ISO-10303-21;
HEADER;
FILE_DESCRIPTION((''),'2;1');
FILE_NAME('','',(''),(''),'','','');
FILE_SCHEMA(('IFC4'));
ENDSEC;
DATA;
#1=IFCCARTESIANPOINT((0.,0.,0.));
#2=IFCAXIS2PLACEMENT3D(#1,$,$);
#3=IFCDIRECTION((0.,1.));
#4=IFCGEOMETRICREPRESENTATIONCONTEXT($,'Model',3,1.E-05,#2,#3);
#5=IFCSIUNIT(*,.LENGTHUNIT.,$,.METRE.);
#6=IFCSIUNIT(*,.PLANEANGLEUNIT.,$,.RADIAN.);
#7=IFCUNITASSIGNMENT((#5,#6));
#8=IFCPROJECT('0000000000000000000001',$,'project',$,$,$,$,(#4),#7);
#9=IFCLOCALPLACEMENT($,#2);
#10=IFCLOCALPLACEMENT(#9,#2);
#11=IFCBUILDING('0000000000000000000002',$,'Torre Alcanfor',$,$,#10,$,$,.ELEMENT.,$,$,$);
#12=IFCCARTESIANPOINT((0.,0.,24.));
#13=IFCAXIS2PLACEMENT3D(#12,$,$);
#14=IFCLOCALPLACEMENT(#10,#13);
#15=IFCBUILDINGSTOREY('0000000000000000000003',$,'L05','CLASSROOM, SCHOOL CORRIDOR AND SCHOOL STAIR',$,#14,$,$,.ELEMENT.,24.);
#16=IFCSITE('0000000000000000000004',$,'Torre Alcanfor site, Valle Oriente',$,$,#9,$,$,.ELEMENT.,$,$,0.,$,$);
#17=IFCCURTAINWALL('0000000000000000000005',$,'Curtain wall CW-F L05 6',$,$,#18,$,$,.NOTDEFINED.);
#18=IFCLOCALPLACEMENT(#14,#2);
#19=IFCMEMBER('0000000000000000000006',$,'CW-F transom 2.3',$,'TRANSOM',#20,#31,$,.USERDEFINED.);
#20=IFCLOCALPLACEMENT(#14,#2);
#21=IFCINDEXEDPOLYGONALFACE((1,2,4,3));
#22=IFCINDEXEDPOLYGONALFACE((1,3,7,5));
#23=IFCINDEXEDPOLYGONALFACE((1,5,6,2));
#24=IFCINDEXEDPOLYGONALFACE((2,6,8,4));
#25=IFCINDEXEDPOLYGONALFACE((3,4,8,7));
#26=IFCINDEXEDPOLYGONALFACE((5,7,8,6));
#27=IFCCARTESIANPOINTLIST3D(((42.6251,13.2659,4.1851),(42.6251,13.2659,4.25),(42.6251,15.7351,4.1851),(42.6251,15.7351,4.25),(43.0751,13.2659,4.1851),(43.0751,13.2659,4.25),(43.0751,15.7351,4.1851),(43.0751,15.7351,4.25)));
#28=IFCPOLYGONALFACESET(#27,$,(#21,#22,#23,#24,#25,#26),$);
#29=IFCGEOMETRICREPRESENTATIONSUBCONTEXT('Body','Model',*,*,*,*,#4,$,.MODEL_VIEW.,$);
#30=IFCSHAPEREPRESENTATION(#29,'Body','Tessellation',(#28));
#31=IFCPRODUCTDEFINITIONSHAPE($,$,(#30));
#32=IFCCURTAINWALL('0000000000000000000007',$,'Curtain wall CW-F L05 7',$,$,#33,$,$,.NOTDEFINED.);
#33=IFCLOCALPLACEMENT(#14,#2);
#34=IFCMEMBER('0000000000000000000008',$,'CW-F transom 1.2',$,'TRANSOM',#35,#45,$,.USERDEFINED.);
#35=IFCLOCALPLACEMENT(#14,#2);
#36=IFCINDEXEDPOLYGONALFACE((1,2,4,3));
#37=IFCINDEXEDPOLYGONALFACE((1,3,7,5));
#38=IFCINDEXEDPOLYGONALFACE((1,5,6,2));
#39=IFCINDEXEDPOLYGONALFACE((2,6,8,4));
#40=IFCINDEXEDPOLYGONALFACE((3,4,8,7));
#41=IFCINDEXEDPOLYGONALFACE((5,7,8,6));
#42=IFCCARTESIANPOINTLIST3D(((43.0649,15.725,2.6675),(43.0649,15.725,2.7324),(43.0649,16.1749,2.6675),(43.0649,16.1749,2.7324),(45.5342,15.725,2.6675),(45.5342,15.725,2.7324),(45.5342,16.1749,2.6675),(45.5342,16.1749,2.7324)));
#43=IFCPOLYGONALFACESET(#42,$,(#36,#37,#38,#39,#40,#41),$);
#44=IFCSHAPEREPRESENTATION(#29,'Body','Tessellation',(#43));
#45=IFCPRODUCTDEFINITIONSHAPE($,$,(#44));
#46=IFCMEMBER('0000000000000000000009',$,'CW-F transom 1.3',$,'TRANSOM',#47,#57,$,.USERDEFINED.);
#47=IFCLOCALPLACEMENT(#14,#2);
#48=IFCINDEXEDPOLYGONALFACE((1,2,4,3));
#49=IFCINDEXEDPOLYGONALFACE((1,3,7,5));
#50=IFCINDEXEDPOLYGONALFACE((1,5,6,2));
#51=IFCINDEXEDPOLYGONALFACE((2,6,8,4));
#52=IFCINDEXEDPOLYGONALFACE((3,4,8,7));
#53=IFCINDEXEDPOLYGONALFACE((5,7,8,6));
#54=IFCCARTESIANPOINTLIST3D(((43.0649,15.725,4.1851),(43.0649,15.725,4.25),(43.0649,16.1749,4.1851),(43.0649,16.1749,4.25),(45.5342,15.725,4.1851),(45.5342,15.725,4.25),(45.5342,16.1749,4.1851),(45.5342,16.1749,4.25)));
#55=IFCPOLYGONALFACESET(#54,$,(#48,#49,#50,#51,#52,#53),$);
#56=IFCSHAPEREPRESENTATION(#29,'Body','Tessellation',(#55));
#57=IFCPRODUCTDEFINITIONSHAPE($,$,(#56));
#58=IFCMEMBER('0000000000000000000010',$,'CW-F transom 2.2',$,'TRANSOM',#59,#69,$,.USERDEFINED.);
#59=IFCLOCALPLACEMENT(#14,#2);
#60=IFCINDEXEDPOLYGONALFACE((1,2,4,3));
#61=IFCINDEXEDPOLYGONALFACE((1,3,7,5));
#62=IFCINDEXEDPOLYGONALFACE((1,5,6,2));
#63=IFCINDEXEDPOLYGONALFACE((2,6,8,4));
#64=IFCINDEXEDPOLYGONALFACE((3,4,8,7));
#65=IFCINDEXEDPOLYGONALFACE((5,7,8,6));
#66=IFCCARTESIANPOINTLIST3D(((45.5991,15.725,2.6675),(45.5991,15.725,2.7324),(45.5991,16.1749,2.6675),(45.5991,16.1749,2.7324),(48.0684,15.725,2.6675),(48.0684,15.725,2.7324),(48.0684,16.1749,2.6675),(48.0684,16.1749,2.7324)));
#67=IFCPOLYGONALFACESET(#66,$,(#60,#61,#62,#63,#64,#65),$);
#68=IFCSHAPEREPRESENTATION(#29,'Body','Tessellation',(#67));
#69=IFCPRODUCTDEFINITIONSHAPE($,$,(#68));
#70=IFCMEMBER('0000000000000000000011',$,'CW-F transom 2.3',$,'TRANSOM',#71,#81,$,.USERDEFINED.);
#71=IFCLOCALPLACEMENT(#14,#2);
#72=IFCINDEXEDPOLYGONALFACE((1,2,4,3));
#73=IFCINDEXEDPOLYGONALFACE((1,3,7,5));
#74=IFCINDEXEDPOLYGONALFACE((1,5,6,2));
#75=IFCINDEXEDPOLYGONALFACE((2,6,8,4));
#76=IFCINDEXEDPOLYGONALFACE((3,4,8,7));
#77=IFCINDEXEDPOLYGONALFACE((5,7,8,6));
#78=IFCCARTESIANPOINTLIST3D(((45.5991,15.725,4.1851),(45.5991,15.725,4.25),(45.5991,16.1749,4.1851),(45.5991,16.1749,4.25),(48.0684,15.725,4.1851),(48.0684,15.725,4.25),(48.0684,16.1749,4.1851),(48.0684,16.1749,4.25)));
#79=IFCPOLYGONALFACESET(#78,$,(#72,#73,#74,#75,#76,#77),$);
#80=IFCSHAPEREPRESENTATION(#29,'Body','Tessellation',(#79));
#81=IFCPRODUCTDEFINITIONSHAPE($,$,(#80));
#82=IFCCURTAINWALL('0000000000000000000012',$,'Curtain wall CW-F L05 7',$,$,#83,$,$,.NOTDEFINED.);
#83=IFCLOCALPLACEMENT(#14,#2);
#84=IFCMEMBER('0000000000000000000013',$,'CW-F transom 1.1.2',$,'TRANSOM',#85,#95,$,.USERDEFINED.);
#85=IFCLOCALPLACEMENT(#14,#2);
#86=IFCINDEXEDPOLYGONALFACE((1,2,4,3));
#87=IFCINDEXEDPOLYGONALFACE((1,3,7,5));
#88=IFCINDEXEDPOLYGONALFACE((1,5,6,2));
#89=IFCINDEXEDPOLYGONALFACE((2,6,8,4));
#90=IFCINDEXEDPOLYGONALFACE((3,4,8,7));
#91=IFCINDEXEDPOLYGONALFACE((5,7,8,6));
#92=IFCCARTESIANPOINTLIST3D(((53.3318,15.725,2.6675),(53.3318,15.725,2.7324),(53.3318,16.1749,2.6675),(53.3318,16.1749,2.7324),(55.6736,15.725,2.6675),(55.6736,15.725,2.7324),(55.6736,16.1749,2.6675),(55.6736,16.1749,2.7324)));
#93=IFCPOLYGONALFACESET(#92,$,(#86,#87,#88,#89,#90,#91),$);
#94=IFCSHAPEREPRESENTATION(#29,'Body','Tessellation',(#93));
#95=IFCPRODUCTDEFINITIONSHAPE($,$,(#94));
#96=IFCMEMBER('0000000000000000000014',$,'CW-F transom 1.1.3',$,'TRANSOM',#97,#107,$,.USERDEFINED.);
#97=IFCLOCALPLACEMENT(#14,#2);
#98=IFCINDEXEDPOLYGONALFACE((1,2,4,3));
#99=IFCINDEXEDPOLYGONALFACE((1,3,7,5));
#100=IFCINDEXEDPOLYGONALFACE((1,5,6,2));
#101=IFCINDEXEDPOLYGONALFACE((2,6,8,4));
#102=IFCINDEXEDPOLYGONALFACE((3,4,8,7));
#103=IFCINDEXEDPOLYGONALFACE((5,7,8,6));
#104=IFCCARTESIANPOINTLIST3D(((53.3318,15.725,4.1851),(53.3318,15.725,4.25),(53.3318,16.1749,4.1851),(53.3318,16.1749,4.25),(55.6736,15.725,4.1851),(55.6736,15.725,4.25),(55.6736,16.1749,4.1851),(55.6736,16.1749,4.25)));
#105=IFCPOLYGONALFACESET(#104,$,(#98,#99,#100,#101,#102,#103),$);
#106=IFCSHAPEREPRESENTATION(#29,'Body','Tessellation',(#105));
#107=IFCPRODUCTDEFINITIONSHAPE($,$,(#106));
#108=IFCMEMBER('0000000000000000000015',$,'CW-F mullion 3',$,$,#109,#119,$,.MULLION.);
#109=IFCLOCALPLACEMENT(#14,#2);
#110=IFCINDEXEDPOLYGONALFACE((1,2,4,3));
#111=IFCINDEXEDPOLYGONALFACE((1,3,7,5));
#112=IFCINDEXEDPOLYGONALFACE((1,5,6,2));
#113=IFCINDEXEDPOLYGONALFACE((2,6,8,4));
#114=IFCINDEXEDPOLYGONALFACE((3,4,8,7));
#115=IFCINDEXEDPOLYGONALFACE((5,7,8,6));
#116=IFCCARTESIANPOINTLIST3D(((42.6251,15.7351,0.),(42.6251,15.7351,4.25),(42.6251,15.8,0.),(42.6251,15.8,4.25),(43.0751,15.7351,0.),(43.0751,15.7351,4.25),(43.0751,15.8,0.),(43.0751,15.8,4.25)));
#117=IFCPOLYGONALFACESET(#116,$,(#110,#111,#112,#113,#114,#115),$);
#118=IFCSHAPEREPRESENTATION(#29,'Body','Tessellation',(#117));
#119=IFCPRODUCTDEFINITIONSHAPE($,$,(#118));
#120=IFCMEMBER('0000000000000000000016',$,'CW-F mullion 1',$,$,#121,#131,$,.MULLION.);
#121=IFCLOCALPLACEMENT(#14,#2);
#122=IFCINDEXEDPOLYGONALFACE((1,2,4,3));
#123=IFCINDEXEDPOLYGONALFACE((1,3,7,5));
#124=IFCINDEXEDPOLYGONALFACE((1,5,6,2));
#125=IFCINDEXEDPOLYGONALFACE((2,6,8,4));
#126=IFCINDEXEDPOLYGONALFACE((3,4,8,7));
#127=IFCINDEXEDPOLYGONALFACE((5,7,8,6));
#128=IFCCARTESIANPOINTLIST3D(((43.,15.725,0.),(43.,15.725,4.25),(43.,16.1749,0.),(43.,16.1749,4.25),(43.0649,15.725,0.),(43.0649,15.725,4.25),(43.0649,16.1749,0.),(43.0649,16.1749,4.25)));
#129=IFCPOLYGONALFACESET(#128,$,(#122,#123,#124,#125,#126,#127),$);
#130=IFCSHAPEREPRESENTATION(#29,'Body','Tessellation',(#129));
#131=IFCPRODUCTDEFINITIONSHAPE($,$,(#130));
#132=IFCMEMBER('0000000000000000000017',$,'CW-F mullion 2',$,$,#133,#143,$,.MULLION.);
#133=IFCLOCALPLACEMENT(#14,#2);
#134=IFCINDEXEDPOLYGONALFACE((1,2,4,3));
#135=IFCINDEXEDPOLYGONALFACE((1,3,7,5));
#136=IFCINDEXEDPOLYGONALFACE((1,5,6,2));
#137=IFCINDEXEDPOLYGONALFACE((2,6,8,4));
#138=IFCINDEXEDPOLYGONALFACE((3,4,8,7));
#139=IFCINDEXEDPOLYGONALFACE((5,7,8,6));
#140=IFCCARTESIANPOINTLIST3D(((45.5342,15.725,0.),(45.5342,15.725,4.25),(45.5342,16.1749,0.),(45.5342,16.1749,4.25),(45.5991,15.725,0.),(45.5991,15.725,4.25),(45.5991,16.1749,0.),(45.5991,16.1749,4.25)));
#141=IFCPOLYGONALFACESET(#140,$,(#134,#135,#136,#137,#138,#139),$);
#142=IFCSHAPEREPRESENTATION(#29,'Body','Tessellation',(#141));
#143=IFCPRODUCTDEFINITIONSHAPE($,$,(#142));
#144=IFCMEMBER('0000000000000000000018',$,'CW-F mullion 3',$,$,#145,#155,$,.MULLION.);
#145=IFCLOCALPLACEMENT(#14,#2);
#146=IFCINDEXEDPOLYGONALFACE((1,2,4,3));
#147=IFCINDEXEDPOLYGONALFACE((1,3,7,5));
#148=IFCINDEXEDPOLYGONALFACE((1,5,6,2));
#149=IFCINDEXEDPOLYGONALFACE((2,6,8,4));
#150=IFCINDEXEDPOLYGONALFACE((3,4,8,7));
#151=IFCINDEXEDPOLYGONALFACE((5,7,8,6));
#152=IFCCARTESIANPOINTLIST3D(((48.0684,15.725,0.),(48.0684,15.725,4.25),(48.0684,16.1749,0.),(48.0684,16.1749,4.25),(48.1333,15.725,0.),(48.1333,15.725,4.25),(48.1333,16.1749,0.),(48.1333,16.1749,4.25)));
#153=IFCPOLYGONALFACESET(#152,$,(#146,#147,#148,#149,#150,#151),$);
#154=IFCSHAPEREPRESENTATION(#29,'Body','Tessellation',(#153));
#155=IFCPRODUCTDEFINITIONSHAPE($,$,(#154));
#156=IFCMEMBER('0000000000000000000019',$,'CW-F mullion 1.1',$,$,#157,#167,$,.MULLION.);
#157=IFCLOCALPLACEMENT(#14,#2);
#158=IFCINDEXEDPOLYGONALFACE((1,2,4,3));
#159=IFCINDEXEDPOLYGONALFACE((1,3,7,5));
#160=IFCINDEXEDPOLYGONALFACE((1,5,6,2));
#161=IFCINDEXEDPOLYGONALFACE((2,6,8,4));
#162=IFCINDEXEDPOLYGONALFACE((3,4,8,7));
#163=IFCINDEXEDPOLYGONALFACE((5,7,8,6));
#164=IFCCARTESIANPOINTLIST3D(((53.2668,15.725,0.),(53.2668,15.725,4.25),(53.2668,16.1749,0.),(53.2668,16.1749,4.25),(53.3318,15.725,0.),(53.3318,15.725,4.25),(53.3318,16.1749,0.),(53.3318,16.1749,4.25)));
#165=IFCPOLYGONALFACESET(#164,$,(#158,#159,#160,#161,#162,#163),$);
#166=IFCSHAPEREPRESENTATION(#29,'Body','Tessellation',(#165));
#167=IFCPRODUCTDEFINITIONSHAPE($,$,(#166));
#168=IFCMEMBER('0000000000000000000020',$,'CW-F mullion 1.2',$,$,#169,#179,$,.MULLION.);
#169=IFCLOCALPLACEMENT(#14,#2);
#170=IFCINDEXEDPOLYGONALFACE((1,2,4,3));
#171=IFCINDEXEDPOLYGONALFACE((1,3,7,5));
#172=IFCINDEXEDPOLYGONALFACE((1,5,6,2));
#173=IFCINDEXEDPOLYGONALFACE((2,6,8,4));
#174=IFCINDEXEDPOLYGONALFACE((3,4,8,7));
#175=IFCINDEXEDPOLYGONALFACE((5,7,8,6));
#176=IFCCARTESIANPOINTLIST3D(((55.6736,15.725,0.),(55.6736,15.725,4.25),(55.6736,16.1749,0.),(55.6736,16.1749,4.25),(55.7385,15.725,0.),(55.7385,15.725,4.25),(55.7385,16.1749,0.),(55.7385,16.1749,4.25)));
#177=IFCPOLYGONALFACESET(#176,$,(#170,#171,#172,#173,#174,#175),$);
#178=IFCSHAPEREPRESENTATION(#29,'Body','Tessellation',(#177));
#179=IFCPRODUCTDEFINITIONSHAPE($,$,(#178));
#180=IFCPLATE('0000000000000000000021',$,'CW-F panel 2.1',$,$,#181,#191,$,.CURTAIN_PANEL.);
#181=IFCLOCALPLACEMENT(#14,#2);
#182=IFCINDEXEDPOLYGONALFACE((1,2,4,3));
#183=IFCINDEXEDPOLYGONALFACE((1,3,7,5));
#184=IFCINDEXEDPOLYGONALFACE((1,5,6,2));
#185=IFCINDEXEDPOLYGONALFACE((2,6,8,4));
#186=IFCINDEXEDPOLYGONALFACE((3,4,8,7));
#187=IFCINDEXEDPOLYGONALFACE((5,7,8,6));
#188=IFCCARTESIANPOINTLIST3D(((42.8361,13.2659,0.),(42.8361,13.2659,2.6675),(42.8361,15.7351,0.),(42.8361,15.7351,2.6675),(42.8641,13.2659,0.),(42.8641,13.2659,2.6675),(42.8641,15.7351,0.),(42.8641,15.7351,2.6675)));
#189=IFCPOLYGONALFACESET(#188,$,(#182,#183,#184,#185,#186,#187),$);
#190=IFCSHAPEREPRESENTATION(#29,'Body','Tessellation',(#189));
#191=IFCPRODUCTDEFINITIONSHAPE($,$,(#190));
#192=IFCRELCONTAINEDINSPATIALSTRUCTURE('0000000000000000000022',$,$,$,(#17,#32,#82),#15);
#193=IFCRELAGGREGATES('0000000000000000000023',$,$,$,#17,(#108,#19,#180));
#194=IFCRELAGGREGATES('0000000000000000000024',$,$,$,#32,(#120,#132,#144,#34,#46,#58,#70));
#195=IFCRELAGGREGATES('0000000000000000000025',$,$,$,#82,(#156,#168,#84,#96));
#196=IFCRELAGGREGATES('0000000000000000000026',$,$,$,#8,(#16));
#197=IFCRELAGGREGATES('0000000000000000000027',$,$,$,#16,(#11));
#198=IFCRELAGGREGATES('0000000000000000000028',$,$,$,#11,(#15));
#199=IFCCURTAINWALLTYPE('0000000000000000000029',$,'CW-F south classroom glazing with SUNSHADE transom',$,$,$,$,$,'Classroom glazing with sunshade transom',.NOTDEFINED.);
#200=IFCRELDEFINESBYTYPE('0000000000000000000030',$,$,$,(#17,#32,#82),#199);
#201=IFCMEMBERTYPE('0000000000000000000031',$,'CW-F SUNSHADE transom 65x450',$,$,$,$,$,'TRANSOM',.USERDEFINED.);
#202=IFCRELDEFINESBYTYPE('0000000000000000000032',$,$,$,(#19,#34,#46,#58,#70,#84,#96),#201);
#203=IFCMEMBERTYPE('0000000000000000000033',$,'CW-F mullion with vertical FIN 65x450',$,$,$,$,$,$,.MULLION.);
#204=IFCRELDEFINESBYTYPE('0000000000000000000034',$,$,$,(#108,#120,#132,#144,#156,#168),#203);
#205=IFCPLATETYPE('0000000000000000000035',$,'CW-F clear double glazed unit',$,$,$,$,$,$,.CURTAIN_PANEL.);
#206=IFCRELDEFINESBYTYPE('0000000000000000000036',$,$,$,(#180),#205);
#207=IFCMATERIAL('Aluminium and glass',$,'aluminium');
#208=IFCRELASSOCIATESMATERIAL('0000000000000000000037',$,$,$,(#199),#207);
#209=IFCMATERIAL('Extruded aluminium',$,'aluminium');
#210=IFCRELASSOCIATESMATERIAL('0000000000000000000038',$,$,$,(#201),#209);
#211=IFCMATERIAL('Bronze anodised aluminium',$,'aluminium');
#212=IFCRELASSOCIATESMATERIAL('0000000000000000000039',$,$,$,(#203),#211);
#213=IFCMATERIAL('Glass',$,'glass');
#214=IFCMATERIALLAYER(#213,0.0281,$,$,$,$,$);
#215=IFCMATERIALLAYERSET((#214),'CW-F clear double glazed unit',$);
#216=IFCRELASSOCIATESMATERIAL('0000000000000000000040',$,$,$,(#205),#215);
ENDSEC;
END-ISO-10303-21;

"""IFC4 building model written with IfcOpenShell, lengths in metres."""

from ifc_helpers import new_model, si_unit, direction, frame, origin, origin_2d, place, context, subcontext, project, spatial, rectangle, extrude, material, layer, layer_set, material_profile, profile_set, type_object, element, aggregate, save


model = new_model("IFC4")

# Units and contexts
model_context = context("Model", 3, precision=1e-05, world=origin(), true_north=direction((0.0, 1.0)))
body_context = subcontext(model_context, "Body", "Model", "MODEL_VIEW")
ifc_project = project(units=[si_unit("LENGTHUNIT", "METRE"), si_unit("PLANEANGLEUNIT", "RADIAN")], contexts=[model_context])

# Site, building, storey
site_placement = place(None, origin())
site = spatial("IfcSite", under=ifc_project, at=site_placement, Name="Torre Alcanfor site, Valle Oriente", CompositionType="ELEMENT", RefElevation=0.0)
building_placement = place(site_placement, origin())
building = spatial("IfcBuilding", under=site, at=building_placement, Name="Torre Alcanfor", CompositionType="ELEMENT")
storey_placement = place(building_placement, frame((0.0, 0.0, 24.0)))
storey = spatial("IfcBuildingStorey", under=building, at=storey_placement, Name="L05", Description="CLASSROOM, SCHOOL CORRIDOR AND SCHOOL STAIR", CompositionType="ELEMENT", Elevation=24.0)

# Curtain wall, member
ifc_material_1 = material(Name="Aluminium and glass", Category="aluminium")
curtain_wall_type = type_object("IfcCurtainWallType", Name="CW-F south classroom glazing with SUNSHADE transom", ElementType="Classroom glazing with sunshade transom", PredefinedType="NOTDEFINED", material=ifc_material_1)
curtain_wall_1_placement = place(storey_placement, origin())
curtain_wall_1 = element("IfcCurtainWall", 1, at=curtain_wall_1_placement, inside=storey, type_object=curtain_wall_type, Name="Curtain wall CW-F L05 6", PredefinedType="NOTDEFINED")
ifc_material_2 = material(Name="Extruded aluminium", Category="aluminium")
ifc_material_profile_1 = material_profile(ifc_material_2, rectangle(XDim=0.45, YDim=0.0649, at=origin_2d()), Name="CW-F transom 450x65")
ifc_profile_set_1 = profile_set([ifc_material_profile_1], Name="Extruded aluminium")
member_type_1 = type_object("IfcMemberType", Name="CW-F SUNSHADE transom 65x450", ElementType="TRANSOM", PredefinedType="USERDEFINED", material=ifc_profile_set_1)
member_1_placement = place(storey_placement, frame((42.8501, 13.2659, 4.2175), z_axis=(0.0, 1.0, 0.0), x_axis=(-1.0, 0.0, 0.0)))
member_1 = element("IfcMember", 2, at=member_1_placement, type_object=member_type_1, Name="CW-F transom 2.3", ObjectType="TRANSOM", PredefinedType="USERDEFINED", context=body_context, shape_type="SweptSolid", body=[
    extrude(rectangle(XDim=0.45, YDim=0.0649, at=origin_2d()), origin(), (0.0, 0.0, 1.0), 2.4692),
])

# Curtain walls, members
curtain_wall_2_placement = place(storey_placement, origin())
curtain_wall_2 = element("IfcCurtainWall", 3, at=curtain_wall_2_placement, inside=storey, type_object=curtain_wall_type, Name="Curtain wall CW-F L05 7", PredefinedType="NOTDEFINED")
member_2_placement = place(storey_placement, frame((43.0649, 15.95, 2.7), z_axis=(1.0, 0.0, 0.0), x_axis=(0.0, 1.0, 0.0)))
member_2 = element("IfcMember", 4, at=member_2_placement, type_object=member_type_1, Name="CW-F transom 1.2", ObjectType="TRANSOM", PredefinedType="USERDEFINED", context=body_context, shape_type="SweptSolid", body=[
    extrude(rectangle(XDim=0.45, YDim=0.0649, at=origin_2d()), origin(), (0.0, 0.0, 1.0), 2.4692),
])
member_3_placement = place(storey_placement, frame((43.0649, 15.95, 4.2175), z_axis=(1.0, 0.0, 0.0), x_axis=(0.0, 1.0, 0.0)))
member_3 = element("IfcMember", 5, at=member_3_placement, type_object=member_type_1, Name="CW-F transom 1.3", ObjectType="TRANSOM", PredefinedType="USERDEFINED", context=body_context, shape_type="SweptSolid", body=[
    extrude(rectangle(XDim=0.45, YDim=0.0649, at=origin_2d()), origin(), (0.0, 0.0, 1.0), 2.4692),
])
member_4_placement = place(storey_placement, frame((45.5991, 15.95, 2.7), z_axis=(1.0, 0.0, 0.0), x_axis=(0.0, 1.0, 0.0)))
member_4 = element("IfcMember", 6, at=member_4_placement, type_object=member_type_1, Name="CW-F transom 2.2", ObjectType="TRANSOM", PredefinedType="USERDEFINED", context=body_context, shape_type="SweptSolid", body=[
    extrude(rectangle(XDim=0.45, YDim=0.0649, at=origin_2d()), origin(), (0.0, 0.0, 1.0), 2.4692),
])
member_5_placement = place(storey_placement, frame((45.5991, 15.95, 4.2175), z_axis=(1.0, 0.0, 0.0), x_axis=(0.0, 1.0, 0.0)))
member_5 = element("IfcMember", 7, at=member_5_placement, type_object=member_type_1, Name="CW-F transom 2.3", ObjectType="TRANSOM", PredefinedType="USERDEFINED", context=body_context, shape_type="SweptSolid", body=[
    extrude(rectangle(XDim=0.45, YDim=0.0649, at=origin_2d()), origin(), (0.0, 0.0, 1.0), 2.4692),
])
curtain_wall_3_placement = place(storey_placement, origin())
curtain_wall_3 = element("IfcCurtainWall", 8, at=curtain_wall_3_placement, inside=storey, type_object=curtain_wall_type, Name="Curtain wall CW-F L05 7", PredefinedType="NOTDEFINED")
member_6_placement = place(storey_placement, frame((53.3318, 15.95, 2.7), z_axis=(1.0, 0.0, 0.0), x_axis=(0.0, 1.0, 0.0)))
member_6 = element("IfcMember", 9, at=member_6_placement, type_object=member_type_1, Name="CW-F transom 1.1.2", ObjectType="TRANSOM", PredefinedType="USERDEFINED", context=body_context, shape_type="SweptSolid", body=[
    extrude(rectangle(XDim=0.45, YDim=0.0649, at=origin_2d()), origin(), (0.0, 0.0, 1.0), 2.3418),
])
member_7_placement = place(storey_placement, frame((53.3318, 15.95, 4.2175), z_axis=(1.0, 0.0, 0.0), x_axis=(0.0, 1.0, 0.0)))
member_7 = element("IfcMember", 10, at=member_7_placement, type_object=member_type_1, Name="CW-F transom 1.1.3", ObjectType="TRANSOM", PredefinedType="USERDEFINED", context=body_context, shape_type="SweptSolid", body=[
    extrude(rectangle(XDim=0.45, YDim=0.0649, at=origin_2d()), origin(), (0.0, 0.0, 1.0), 2.3418),
])

# Members
ifc_material_3 = material(Name="Bronze anodised aluminium", Category="aluminium")
ifc_material_profile_2 = material_profile(ifc_material_3, rectangle(XDim=0.45, YDim=0.0649, at=origin_2d()), Name="CW-F mullion 65x450")
ifc_profile_set_2 = profile_set([ifc_material_profile_2], Name="Bronze anodised aluminium")
member_type_2 = type_object("IfcMemberType", Name="CW-F mullion with vertical FIN 65x450", PredefinedType="MULLION", material=ifc_profile_set_2)
member_8_placement = place(storey_placement, frame((42.8501, 15.7676, 0.0), z_axis=(0.0, 0.0, 1.0), x_axis=(-1.0, 0.0, 0.0)))
member_8 = element("IfcMember", 11, at=member_8_placement, type_object=member_type_2, Name="CW-F mullion 3", PredefinedType="MULLION", context=body_context, shape_type="SweptSolid", body=[
    extrude(rectangle(XDim=0.45, YDim=0.0649, at=origin_2d()), origin(), (0.0, 0.0, 1.0), 4.25),
])
member_9_placement = place(storey_placement, frame((43.0325, 15.95, 0.0), z_axis=(0.0, 0.0, 1.0), x_axis=(0.0, 1.0, 0.0)))
member_9 = element("IfcMember", 12, at=member_9_placement, type_object=member_type_2, Name="CW-F mullion 1", PredefinedType="MULLION", context=body_context, shape_type="SweptSolid", body=[
    extrude(rectangle(XDim=0.45, YDim=0.0649, at=origin_2d()), origin(), (0.0, 0.0, 1.0), 4.25),
])
member_10_placement = place(storey_placement, frame((45.5667, 15.95, 0.0), z_axis=(0.0, 0.0, 1.0), x_axis=(0.0, 1.0, 0.0)))
member_10 = element("IfcMember", 13, at=member_10_placement, type_object=member_type_2, Name="CW-F mullion 2", PredefinedType="MULLION", context=body_context, shape_type="SweptSolid", body=[
    extrude(rectangle(XDim=0.45, YDim=0.0649, at=origin_2d()), origin(), (0.0, 0.0, 1.0), 4.25),
])
member_11_placement = place(storey_placement, frame((48.1008, 15.95, 0.0), z_axis=(0.0, 0.0, 1.0), x_axis=(0.0, 1.0, 0.0)))
member_11 = element("IfcMember", 14, at=member_11_placement, type_object=member_type_2, Name="CW-F mullion 3", PredefinedType="MULLION", context=body_context, shape_type="SweptSolid", body=[
    extrude(rectangle(XDim=0.45, YDim=0.0649, at=origin_2d()), origin(), (0.0, 0.0, 1.0), 4.25),
])
member_12_placement = place(storey_placement, frame((53.2993, 15.95, 0.0), z_axis=(0.0, 0.0, 1.0), x_axis=(0.0, 1.0, 0.0)))
member_12 = element("IfcMember", 15, at=member_12_placement, type_object=member_type_2, Name="CW-F mullion 1.1", PredefinedType="MULLION", context=body_context, shape_type="SweptSolid", body=[
    extrude(rectangle(XDim=0.45, YDim=0.0649, at=origin_2d()), origin(), (0.0, 0.0, 1.0), 4.25),
])
member_13_placement = place(storey_placement, frame((55.7061, 15.95, 0.0), z_axis=(0.0, 0.0, 1.0), x_axis=(0.0, 1.0, 0.0)))
member_13 = element("IfcMember", 16, at=member_13_placement, type_object=member_type_2, Name="CW-F mullion 1.2", PredefinedType="MULLION", context=body_context, shape_type="SweptSolid", body=[
    extrude(rectangle(XDim=0.45, YDim=0.0649, at=origin_2d()), origin(), (0.0, 0.0, 1.0), 4.25),
])

# Plate
ifc_material_4 = material(Name="Glass", Category="glass")
ifc_layer_1 = layer(ifc_material_4, 0.0281)
ifc_layer_set_1 = layer_set([ifc_layer_1], Name="CW-F clear double glazed unit")
plate_type = type_object("IfcPlateType", Name="CW-F clear double glazed unit", PredefinedType="CURTAIN_PANEL", material=ifc_layer_set_1)
plate_1_placement = place(storey_placement, frame((42.8501, 14.5005, 0.0), z_axis=(0.0, 0.0, 1.0), x_axis=(0.0, 1.0, 0.0)))
plate_1 = element("IfcPlate", 17, at=plate_1_placement, type_object=plate_type, Name="CW-F panel 2.1", PredefinedType="CURTAIN_PANEL", context=body_context, shape_type="SweptSolid", body=[
    extrude(rectangle(XDim=2.4692, YDim=0.0281, at=origin_2d()), origin(), (0.0, 0.0, 1.0), 2.6675),
])
aggregate(curtain_wall_1, [member_8, member_1, plate_1])
aggregate(curtain_wall_2, [member_9, member_10, member_11, member_2, member_3, member_4, member_5])
aggregate(curtain_wall_3, [member_12, member_13, member_6, member_7])

save(model, "model.ifc")
